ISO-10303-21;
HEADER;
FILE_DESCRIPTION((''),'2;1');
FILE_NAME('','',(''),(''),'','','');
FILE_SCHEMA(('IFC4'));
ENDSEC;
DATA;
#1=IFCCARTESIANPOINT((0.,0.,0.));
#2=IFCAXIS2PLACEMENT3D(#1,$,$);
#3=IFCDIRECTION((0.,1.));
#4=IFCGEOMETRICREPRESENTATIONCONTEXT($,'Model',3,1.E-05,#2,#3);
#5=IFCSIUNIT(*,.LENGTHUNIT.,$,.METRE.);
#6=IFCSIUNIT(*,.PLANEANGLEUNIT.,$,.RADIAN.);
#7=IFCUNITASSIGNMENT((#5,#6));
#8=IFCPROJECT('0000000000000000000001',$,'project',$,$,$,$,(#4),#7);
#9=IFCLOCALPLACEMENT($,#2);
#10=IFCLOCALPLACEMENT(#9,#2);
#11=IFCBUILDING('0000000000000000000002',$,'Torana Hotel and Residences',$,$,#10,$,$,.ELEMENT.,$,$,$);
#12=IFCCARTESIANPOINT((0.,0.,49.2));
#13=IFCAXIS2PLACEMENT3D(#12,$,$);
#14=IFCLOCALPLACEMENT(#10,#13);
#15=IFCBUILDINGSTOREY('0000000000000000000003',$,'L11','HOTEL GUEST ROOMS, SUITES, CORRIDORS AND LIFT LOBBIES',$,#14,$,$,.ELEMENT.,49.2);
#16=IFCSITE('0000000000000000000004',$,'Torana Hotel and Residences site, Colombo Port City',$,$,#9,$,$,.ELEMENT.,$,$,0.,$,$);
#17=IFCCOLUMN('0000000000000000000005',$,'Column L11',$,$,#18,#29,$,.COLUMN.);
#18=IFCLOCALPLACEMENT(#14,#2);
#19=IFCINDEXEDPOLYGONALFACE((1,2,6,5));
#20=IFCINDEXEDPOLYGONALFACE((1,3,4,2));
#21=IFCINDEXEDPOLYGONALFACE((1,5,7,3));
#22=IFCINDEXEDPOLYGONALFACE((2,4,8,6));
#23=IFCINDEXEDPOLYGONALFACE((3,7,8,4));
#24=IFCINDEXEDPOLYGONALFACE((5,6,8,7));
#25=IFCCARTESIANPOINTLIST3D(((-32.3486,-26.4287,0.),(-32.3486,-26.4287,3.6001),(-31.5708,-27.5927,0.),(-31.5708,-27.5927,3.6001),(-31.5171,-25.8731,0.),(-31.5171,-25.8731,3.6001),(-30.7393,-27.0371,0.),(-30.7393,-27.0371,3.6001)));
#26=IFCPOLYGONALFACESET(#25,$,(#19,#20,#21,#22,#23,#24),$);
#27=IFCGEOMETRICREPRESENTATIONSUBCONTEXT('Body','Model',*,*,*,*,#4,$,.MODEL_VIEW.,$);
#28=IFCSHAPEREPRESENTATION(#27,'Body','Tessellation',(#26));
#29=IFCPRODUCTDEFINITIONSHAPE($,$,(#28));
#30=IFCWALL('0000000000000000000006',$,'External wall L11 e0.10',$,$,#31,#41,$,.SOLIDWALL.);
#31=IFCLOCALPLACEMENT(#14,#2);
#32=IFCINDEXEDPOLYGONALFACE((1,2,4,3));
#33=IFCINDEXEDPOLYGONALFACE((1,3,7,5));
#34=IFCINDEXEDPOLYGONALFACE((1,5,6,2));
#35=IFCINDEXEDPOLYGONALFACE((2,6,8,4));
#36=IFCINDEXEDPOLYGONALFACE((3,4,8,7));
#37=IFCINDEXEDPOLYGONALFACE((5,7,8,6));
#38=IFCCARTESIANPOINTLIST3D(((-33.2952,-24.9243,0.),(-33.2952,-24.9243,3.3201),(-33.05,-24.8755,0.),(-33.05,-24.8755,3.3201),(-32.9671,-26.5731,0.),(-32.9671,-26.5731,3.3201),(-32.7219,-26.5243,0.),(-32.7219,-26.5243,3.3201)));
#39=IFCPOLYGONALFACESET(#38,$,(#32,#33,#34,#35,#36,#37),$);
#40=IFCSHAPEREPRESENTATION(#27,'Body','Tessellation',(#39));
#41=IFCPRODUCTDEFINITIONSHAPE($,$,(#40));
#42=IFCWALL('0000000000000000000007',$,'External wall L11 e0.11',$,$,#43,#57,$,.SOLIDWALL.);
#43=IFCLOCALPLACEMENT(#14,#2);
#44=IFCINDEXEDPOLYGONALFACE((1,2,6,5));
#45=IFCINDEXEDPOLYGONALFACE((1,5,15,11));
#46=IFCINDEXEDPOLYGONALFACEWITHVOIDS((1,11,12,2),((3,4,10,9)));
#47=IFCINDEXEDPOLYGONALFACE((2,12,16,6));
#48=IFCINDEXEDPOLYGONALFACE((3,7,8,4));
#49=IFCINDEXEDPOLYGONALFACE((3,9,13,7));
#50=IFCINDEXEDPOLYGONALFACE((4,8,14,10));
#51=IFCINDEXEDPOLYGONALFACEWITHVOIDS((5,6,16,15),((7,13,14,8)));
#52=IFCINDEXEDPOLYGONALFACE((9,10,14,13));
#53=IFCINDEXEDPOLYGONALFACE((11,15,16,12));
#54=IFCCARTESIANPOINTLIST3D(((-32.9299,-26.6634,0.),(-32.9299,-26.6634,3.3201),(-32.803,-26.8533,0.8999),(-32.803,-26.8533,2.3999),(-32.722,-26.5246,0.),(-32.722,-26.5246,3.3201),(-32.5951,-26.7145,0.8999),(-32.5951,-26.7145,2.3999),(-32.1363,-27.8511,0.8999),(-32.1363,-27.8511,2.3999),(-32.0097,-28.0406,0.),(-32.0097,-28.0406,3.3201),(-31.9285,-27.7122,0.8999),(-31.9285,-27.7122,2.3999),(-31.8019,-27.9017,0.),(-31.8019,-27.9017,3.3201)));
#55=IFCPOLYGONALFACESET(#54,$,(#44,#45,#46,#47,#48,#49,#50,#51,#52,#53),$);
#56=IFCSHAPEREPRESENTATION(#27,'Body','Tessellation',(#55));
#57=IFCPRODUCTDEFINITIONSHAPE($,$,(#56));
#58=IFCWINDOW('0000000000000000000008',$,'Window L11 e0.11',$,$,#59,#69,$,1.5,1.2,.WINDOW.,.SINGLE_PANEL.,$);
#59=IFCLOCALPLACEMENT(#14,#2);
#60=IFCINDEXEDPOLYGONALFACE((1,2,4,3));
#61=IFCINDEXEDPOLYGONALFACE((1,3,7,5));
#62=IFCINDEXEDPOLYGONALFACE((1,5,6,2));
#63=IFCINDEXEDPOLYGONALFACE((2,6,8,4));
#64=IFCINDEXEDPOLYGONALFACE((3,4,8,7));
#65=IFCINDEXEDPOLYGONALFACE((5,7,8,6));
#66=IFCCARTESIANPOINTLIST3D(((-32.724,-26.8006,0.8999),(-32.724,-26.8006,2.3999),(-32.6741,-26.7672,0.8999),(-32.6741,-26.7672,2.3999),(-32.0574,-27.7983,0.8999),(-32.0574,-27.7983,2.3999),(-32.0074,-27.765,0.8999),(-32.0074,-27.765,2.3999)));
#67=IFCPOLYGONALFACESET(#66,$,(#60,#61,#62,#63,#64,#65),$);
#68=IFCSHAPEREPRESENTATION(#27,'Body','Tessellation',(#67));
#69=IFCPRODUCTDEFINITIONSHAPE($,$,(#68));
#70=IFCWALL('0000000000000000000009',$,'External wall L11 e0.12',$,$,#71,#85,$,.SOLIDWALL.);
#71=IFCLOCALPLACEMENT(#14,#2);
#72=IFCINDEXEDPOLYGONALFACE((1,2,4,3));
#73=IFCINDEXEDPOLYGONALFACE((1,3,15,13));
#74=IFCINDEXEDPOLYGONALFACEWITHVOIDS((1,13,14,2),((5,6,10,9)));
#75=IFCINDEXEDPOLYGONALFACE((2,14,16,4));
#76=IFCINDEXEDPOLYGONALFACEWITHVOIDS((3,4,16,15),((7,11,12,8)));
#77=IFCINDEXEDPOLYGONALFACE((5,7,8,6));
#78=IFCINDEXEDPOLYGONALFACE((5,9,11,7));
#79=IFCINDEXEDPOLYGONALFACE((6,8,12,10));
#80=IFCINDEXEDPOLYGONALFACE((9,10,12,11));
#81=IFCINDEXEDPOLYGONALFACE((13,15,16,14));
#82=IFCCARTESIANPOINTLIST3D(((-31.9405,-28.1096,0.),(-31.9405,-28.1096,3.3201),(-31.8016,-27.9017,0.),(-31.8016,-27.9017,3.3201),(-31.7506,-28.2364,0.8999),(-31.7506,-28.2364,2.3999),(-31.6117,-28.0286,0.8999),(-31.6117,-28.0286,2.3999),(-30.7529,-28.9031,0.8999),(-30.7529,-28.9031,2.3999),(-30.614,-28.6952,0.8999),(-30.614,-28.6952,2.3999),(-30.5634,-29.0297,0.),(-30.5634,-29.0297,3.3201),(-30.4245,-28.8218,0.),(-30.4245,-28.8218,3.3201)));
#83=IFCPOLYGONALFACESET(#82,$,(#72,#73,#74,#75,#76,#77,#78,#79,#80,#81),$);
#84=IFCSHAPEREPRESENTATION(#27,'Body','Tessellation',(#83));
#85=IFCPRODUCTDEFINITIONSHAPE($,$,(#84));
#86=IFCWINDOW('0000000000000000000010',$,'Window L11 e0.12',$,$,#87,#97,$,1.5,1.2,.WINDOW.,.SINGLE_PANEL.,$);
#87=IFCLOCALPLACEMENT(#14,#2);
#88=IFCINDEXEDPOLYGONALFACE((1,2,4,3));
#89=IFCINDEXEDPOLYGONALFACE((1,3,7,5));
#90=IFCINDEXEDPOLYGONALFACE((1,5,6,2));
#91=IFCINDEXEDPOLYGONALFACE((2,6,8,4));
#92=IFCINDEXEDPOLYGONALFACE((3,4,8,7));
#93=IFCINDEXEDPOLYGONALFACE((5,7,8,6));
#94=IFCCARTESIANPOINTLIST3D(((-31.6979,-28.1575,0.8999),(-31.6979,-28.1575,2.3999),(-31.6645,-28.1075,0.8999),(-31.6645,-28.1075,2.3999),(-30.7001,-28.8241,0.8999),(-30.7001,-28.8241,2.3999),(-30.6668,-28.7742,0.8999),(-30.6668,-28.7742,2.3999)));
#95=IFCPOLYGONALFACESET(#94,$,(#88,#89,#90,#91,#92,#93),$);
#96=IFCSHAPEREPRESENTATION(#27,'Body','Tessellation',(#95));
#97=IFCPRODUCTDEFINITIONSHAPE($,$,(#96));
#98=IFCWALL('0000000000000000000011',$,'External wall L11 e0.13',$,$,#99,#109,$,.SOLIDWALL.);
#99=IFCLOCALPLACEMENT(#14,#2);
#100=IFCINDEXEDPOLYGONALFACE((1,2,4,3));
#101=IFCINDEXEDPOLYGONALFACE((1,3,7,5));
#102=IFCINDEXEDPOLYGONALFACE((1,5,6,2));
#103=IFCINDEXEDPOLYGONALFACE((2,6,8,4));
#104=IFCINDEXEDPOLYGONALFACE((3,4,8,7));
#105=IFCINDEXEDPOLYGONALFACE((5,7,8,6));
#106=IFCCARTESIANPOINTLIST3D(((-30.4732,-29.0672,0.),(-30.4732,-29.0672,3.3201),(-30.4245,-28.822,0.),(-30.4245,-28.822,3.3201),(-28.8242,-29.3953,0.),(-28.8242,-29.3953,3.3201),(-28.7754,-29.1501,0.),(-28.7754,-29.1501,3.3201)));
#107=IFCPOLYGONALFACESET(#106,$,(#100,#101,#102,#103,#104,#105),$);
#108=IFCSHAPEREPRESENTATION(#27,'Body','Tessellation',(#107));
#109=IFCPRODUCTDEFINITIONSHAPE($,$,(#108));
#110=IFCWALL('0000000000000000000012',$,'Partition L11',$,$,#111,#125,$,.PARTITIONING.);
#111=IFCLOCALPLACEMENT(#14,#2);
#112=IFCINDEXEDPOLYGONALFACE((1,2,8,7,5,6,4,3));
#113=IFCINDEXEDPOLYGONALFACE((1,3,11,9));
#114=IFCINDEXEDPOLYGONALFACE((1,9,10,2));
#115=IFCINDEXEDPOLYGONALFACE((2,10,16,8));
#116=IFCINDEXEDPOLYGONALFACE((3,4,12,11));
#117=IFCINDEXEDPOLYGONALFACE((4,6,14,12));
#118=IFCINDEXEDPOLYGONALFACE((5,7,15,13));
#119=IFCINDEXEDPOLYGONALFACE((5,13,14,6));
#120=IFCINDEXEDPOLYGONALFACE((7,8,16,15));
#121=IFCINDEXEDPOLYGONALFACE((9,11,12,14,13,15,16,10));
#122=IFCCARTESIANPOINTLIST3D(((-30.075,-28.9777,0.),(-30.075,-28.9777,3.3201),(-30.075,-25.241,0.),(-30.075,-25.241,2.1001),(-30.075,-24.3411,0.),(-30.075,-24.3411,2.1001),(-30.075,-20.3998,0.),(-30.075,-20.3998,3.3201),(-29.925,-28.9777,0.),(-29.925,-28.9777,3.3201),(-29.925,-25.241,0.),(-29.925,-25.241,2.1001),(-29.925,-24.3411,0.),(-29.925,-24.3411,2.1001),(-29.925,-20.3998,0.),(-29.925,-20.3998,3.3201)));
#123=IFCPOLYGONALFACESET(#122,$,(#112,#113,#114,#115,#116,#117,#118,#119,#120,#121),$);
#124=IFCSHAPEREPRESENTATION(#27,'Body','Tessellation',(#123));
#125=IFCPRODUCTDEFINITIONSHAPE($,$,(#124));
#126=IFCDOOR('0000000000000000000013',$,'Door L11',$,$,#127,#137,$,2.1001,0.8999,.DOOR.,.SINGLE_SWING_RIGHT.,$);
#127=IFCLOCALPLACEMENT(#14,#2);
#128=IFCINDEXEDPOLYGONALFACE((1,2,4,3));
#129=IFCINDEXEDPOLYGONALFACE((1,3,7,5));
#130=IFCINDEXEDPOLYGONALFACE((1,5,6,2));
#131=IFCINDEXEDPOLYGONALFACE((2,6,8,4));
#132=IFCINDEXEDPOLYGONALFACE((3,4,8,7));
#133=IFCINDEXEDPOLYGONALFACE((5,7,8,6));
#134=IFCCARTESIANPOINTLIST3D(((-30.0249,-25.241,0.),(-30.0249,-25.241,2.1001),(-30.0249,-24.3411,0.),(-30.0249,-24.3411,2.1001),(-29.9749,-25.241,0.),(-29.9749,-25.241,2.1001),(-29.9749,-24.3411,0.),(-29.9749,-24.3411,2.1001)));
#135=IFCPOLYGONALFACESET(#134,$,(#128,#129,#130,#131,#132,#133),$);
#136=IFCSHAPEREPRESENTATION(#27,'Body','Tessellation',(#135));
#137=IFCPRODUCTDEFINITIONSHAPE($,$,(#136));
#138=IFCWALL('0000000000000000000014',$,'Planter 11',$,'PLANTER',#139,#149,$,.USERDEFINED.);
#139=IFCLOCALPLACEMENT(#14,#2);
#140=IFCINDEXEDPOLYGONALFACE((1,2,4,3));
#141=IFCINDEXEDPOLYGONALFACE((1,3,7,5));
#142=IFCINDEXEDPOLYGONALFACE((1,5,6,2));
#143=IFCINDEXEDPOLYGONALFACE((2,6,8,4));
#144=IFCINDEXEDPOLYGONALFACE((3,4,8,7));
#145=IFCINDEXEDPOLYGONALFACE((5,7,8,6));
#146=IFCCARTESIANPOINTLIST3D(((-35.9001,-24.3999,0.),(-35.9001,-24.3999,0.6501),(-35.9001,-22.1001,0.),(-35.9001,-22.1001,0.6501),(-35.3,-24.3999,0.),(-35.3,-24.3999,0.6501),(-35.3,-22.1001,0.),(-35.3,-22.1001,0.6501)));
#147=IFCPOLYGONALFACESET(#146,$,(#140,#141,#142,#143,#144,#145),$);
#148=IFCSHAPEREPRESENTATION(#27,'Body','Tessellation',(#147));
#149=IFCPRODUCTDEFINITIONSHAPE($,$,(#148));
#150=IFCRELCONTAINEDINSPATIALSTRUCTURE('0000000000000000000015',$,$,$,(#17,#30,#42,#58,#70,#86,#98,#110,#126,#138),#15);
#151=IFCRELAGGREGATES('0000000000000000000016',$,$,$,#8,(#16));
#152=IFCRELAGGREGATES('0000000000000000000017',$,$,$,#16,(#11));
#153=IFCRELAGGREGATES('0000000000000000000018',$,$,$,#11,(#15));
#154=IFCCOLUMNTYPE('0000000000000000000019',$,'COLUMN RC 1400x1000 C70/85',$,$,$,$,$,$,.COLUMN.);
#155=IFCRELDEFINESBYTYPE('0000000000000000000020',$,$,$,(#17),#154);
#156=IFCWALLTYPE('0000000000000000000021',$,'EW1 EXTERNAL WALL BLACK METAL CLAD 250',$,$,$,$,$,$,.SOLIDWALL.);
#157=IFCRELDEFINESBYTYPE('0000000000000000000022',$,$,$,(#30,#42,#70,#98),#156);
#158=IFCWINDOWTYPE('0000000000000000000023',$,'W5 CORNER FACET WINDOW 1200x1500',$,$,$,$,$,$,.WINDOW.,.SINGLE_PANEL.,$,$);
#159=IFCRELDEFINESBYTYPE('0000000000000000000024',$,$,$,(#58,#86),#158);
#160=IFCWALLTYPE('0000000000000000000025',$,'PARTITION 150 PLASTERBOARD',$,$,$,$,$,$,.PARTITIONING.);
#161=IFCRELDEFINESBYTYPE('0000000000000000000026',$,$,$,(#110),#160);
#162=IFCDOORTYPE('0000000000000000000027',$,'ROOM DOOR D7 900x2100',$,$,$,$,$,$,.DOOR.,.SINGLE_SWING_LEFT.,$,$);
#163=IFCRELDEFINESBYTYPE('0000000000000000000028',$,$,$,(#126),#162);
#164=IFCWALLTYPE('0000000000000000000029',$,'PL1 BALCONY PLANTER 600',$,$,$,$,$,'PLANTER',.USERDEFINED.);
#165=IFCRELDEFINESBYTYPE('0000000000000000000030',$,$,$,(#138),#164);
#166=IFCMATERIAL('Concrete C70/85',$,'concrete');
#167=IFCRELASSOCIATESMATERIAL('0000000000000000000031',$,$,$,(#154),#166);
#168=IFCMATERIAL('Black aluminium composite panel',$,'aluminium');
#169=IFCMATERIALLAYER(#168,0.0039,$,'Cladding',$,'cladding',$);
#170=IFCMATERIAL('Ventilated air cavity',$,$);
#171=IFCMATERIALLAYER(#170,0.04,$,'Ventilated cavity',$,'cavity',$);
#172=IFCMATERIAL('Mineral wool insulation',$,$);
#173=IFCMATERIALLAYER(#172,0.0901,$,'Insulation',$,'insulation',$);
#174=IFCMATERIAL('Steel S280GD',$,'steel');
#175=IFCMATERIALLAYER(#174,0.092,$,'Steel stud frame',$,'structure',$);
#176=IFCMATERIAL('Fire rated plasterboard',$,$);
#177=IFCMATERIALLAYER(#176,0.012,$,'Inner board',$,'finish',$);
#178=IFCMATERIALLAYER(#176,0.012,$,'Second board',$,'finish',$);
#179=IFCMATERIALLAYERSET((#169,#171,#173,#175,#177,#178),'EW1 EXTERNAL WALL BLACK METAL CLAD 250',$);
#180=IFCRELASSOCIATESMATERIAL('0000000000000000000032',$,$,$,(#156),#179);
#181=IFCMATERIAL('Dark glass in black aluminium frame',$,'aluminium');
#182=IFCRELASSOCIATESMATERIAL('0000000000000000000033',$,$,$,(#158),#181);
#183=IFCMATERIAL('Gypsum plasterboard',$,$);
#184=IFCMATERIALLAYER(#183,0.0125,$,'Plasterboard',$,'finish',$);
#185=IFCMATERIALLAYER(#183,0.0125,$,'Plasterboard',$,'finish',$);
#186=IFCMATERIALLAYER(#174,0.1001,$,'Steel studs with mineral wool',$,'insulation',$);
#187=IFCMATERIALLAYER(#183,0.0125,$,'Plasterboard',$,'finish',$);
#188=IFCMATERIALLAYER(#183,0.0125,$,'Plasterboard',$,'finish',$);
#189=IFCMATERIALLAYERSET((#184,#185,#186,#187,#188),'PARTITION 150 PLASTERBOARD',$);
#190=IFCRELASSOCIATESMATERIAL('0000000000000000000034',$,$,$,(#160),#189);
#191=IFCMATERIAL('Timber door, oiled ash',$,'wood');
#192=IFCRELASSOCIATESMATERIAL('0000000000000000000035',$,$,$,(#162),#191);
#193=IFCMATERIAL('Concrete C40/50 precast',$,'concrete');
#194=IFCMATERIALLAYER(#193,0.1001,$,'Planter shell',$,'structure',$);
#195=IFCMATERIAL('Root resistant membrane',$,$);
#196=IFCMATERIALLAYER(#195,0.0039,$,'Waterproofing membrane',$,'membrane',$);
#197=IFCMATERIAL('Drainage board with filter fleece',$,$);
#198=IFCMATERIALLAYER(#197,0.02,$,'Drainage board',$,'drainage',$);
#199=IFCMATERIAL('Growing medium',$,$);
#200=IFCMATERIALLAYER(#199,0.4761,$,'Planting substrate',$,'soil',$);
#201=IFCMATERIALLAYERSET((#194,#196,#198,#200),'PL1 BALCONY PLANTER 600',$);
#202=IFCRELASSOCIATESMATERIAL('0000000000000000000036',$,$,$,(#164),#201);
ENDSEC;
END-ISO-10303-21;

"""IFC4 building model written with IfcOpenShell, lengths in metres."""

from ifc_helpers import new_model, si_unit, direction, frame, frame_2d, origin, origin_2d, place, context, subcontext, project, spatial, rectangle, extrude, material, layer, layer_set, material_profile, profile_set, type_object, element, fill, save


model = new_model("IFC4")

# Units and contexts
model_context = context("Model", 3, precision=1e-05, world=origin(), true_north=direction((0.0, 1.0)))
body_context = subcontext(model_context, "Body", "Model", "MODEL_VIEW")
ifc_project = project(units=[si_unit("LENGTHUNIT", "METRE"), si_unit("PLANEANGLEUNIT", "RADIAN")], contexts=[model_context])

# Site, building, storey
site_placement = place(None, origin())
site = spatial("IfcSite", under=ifc_project, at=site_placement, Name="Torana Hotel and Residences site, Colombo Port City", CompositionType="ELEMENT", RefElevation=0.0)
building_placement = place(site_placement, origin())
building = spatial("IfcBuilding", under=site, at=building_placement, Name="Torana Hotel and Residences", CompositionType="ELEMENT")
storey_placement = place(building_placement, frame((0.0, 0.0, 49.2)))
storey = spatial("IfcBuildingStorey", under=building, at=storey_placement, Name="L11", Description="HOTEL GUEST ROOMS, SUITES, CORRIDORS AND LIFT LOBBIES", CompositionType="ELEMENT", Elevation=49.2)

# Column
ifc_material_1 = material(Name="Concrete C70/85", Category="concrete")
ifc_material_profile = material_profile(ifc_material_1, rectangle(XDim=1.3999, YDim=1.0, at=origin_2d()), Name="RC 1400x1000")
ifc_profile_set = profile_set([ifc_material_profile], Name="Concrete C70/85")
column_type = type_object("IfcColumnType", Name="COLUMN RC 1400x1000 C70/85", PredefinedType="COLUMN", material=ifc_profile_set)
column_placement = place(storey_placement, frame((-31.5439, -26.7329, 0.0), z_axis=(0.0, 0.0, 1.0), x_axis=(-0.555585, 0.83146, 0.0)))
element("IfcColumn", 1, at=column_placement, inside=storey, type_object=column_type, Name="Column L11", PredefinedType="COLUMN", context=body_context, shape_type="SweptSolid", body=[
    extrude(rectangle(XDim=1.3999, YDim=1.0, at=origin_2d()), origin(), (0.0, 0.0, 1.0), 3.6001),
])

# Wall
ifc_material_2 = material(Name="Black aluminium composite panel", Category="aluminium")
ifc_layer_1 = layer(ifc_material_2, 0.0039, Name="Cladding", Category="cladding")
ifc_material_3 = material(Name="Ventilated air cavity")
ifc_layer_2 = layer(ifc_material_3, 0.04, Name="Ventilated cavity", Category="cavity")
ifc_material_4 = material(Name="Mineral wool insulation")
ifc_layer_3 = layer(ifc_material_4, 0.0901, Name="Insulation", Category="insulation")
ifc_material_5 = material(Name="Steel S280GD", Category="steel")
ifc_layer_4 = layer(ifc_material_5, 0.092, Name="Steel stud frame", Category="structure")
ifc_material_6 = material(Name="Fire rated plasterboard")
ifc_layer_5 = layer(ifc_material_6, 0.012, Name="Inner board", Category="finish")
ifc_layer_6 = layer(ifc_material_6, 0.012, Name="Second board", Category="finish")
ifc_layer_set_1 = layer_set([ifc_layer_1, ifc_layer_2, ifc_layer_3, ifc_layer_4, ifc_layer_5, ifc_layer_6], Name="EW1 EXTERNAL WALL BLACK METAL CLAD 250")
wall_type_1 = type_object("IfcWallType", Name="EW1 EXTERNAL WALL BLACK METAL CLAD 250", PredefinedType="SOLIDWALL", material=ifc_layer_set_1)
wall_1_placement = place(storey_placement, frame((-33.1726, -24.8999, 0.0), z_axis=(0.0, 0.0, 1.0), x_axis=(0.195167, -0.98077, 0.0)))
element("IfcWall", 2, at=wall_1_placement, inside=storey, type_object=wall_type_1, Name="External wall L11 e0.10", PredefinedType="SOLIDWALL", context=body_context, shape_type="SweptSolid", body=[
    extrude(rectangle(XDim=1.6812, YDim=0.25, at=frame_2d((0.8406, 0.0))), origin(), (0.0, 0.0, 1.0), 3.3201),
])

# Walls, openings, windows
wall_2_placement = place(storey_placement, frame((-32.8259, -26.594, 0.0), z_axis=(0.0, 0.0, 1.0), x_axis=(0.55555, -0.831483, 0.0)))
wall_2 = element("IfcWall", 3, at=wall_2_placement, inside=storey, type_object=wall_type_1, Name="External wall L11 e0.11", PredefinedType="SOLIDWALL", context=body_context, shape_type="SweptSolid", body=[
    extrude(rectangle(XDim=1.6562, YDim=0.25, at=frame_2d((0.8281, 0.0))), origin(), (0.0, 0.0, 1.0), 3.3201),
])
opening_1_placement = place(wall_2_placement, frame((0.2283, 0.0, 0.8999)))
opening_1 = element("IfcOpeningElement", 4, at=opening_1_placement, cuts=wall_2, PredefinedType="OPENING", context=body_context, shape_type="SweptSolid", body=[
    extrude(rectangle(XDim=1.2, YDim=1.5, at=frame_2d((0.6001, 0.75))), frame((0.0, 0.135, 0.0), z_axis=(0.0, -1.0, 0.0), x_axis=(1.0, 0.0, 0.0)), (0.0, 0.0, 1.0), 0.27),
])
ifc_material_7 = material(Name="Dark glass in black aluminium frame", Category="aluminium")
window_type = type_object("IfcWindowType", Name="W5 CORNER FACET WINDOW 1200x1500", PartitioningType="SINGLE_PANEL", PredefinedType="WINDOW", material=ifc_material_7)
window_1_placement = place(opening_1_placement, origin())
window_1 = element("IfcWindow", 5, at=window_1_placement, inside=storey, type_object=window_type, Name="Window L11 e0.11", OverallHeight=1.5, OverallWidth=1.2, PartitioningType="SINGLE_PANEL", PredefinedType="WINDOW", context=body_context, shape_type="SweptSolid", body=[
    extrude(rectangle(XDim=1.2, YDim=1.5, at=frame_2d((0.6001, 0.75))), frame((0.0, 0.03, 0.0), z_axis=(0.0, -1.0, 0.0), x_axis=(1.0, 0.0, 0.0)), (0.0, 0.0, 1.0), 0.0601),
])
fill(opening_1, window_1)
wall_3_placement = place(storey_placement, frame((-31.8711, -28.0056, 0.0), z_axis=(0.0, 0.0, 1.0), x_axis=(0.831483, -0.55555, 0.0)))
wall_3 = element("IfcWall", 6, at=wall_3_placement, inside=storey, type_object=wall_type_1, Name="External wall L11 e0.12", PredefinedType="SOLIDWALL", context=body_context, shape_type="SweptSolid", body=[
    extrude(rectangle(XDim=1.6562, YDim=0.25, at=frame_2d((0.8281, 0.0))), origin(), (0.0, 0.0, 1.0), 3.3201),
])
opening_2_placement = place(wall_3_placement, frame((0.2283, 0.0, 0.8999)))
opening_2 = element("IfcOpeningElement", 7, at=opening_2_placement, cuts=wall_3, PredefinedType="OPENING", context=body_context, shape_type="SweptSolid", body=[
    extrude(rectangle(XDim=1.2, YDim=1.5, at=frame_2d((0.6001, 0.75))), frame((0.0, 0.135, 0.0), z_axis=(0.0, -1.0, 0.0), x_axis=(1.0, 0.0, 0.0)), (0.0, 0.0, 1.0), 0.27),
])
window_2_placement = place(opening_2_placement, origin())
window_2 = element("IfcWindow", 8, at=window_2_placement, inside=storey, type_object=window_type, Name="Window L11 e0.12", OverallHeight=1.5, OverallWidth=1.2, PartitioningType="SINGLE_PANEL", PredefinedType="WINDOW", context=body_context, shape_type="SweptSolid", body=[
    extrude(rectangle(XDim=1.2, YDim=1.5, at=frame_2d((0.6001, 0.75))), frame((0.0, 0.03, 0.0), z_axis=(0.0, -1.0, 0.0), x_axis=(1.0, 0.0, 0.0)), (0.0, 0.0, 1.0), 0.0601),
])
fill(opening_2, window_2)

# Wall
wall_4_placement = place(storey_placement, frame((-30.449, -28.9446, 0.0), z_axis=(0.0, 0.0, 1.0), x_axis=(0.980776, -0.195139, 0.0)))
element("IfcWall", 9, at=wall_4_placement, inside=storey, type_object=wall_type_1, Name="External wall L11 e0.13", PredefinedType="SOLIDWALL", context=body_context, shape_type="SweptSolid", body=[
    extrude(rectangle(XDim=1.6814, YDim=0.25, at=frame_2d((0.8408, 0.0))), origin(), (0.0, 0.0, 1.0), 3.3201),
])

# Wall, opening, door
ifc_material_8 = material(Name="Gypsum plasterboard")
ifc_layer_7 = layer(ifc_material_8, 0.0125, Name="Plasterboard", Category="finish")
ifc_layer_8 = layer(ifc_material_8, 0.0125, Name="Plasterboard", Category="finish")
ifc_layer_9 = layer(ifc_material_5, 0.1001, Name="Steel studs with mineral wool", Category="insulation")
ifc_layer_10 = layer(ifc_material_8, 0.0125, Name="Plasterboard", Category="finish")
ifc_layer_11 = layer(ifc_material_8, 0.0125, Name="Plasterboard", Category="finish")
ifc_layer_set_2 = layer_set([ifc_layer_7, ifc_layer_8, ifc_layer_9, ifc_layer_10, ifc_layer_11], Name="PARTITION 150 PLASTERBOARD")
wall_type_2 = type_object("IfcWallType", Name="PARTITION 150 PLASTERBOARD", PredefinedType="PARTITIONING", material=ifc_layer_set_2)
wall_5_placement = place(storey_placement, frame((-30.0, -28.9778, 0.0), z_axis=(0.0, 0.0, 1.0), x_axis=(0.0, 1.0, 0.0)))
wall_5 = element("IfcWall", 10, at=wall_5_placement, inside=storey, type_object=wall_type_2, Name="Partition L11", PredefinedType="PARTITIONING", context=body_context, shape_type="SweptSolid", body=[
    extrude(rectangle(XDim=8.5779, YDim=0.1499, at=frame_2d((4.2891, 0.0))), origin(), (0.0, 0.0, 1.0), 3.3201),
])
opening_3_placement = place(wall_5_placement, frame((3.7368, 0.0, 0.0)))
opening_3 = element("IfcOpeningElement", 11, at=opening_3_placement, cuts=wall_5, PredefinedType="OPENING", context=body_context, shape_type="SweptSolid", body=[
    extrude(rectangle(XDim=0.8999, YDim=2.1001, at=frame_2d((0.45, 1.05))), frame((0.0, 0.085, 0.0), z_axis=(0.0, -1.0, 0.0), x_axis=(1.0, 0.0, 0.0)), (0.0, 0.0, 1.0), 0.1699),
])
ifc_material_9 = material(Name="Timber door, oiled ash", Category="wood")
door_type = type_object("IfcDoorType", Name="ROOM DOOR D7 900x2100", OperationType="SINGLE_SWING_LEFT", PredefinedType="DOOR", material=ifc_material_9)
door_placement = place(opening_3_placement, origin())
door = element("IfcDoor", 12, at=door_placement, inside=storey, type_object=door_type, Name="Door L11", OperationType="SINGLE_SWING_RIGHT", OverallHeight=2.1001, OverallWidth=0.8999, PredefinedType="DOOR", context=body_context, shape_type="SweptSolid", body=[
    extrude(rectangle(XDim=0.8999, YDim=2.1001, at=frame_2d((0.45, 1.05))), frame((0.0, 0.0249, 0.0), z_axis=(0.0, -1.0, 0.0), x_axis=(1.0, 0.0, 0.0)), (0.0, 0.0, 1.0), 0.05),
])
fill(opening_3, door)

# Wall
ifc_material_10 = material(Name="Concrete C40/50 precast", Category="concrete")
ifc_layer_12 = layer(ifc_material_10, 0.1001, Name="Planter shell", Category="structure")
ifc_material_11 = material(Name="Root resistant membrane")
ifc_layer_13 = layer(ifc_material_11, 0.0039, Name="Waterproofing membrane", Category="membrane")
ifc_material_12 = material(Name="Drainage board with filter fleece")
ifc_layer_14 = layer(ifc_material_12, 0.02, Name="Drainage board", Category="drainage")
ifc_material_13 = material(Name="Growing medium")
ifc_layer_15 = layer(ifc_material_13, 0.4761, Name="Planting substrate", Category="soil")
ifc_layer_set_3 = layer_set([ifc_layer_12, ifc_layer_13, ifc_layer_14, ifc_layer_15], Name="PL1 BALCONY PLANTER 600")
wall_type_3 = type_object("IfcWallType", Name="PL1 BALCONY PLANTER 600", ElementType="PLANTER", PredefinedType="USERDEFINED", material=ifc_layer_set_3)
wall_6_placement = place(storey_placement, frame((-35.6001, -24.3999, 0.0), z_axis=(0.0, 0.0, 1.0), x_axis=(0.0, 1.0, 0.0)))
element("IfcWall", 13, at=wall_6_placement, inside=storey, type_object=wall_type_3, Name="Planter 11", ObjectType="PLANTER", PredefinedType="USERDEFINED", context=body_context, shape_type="SweptSolid", body=[
    extrude(rectangle(XDim=2.2998, YDim=0.6001, at=frame_2d((1.1499, 0.0))), origin(), (0.0, 0.0, 1.0), 0.6501),
])

save(model, "model.ifc")
